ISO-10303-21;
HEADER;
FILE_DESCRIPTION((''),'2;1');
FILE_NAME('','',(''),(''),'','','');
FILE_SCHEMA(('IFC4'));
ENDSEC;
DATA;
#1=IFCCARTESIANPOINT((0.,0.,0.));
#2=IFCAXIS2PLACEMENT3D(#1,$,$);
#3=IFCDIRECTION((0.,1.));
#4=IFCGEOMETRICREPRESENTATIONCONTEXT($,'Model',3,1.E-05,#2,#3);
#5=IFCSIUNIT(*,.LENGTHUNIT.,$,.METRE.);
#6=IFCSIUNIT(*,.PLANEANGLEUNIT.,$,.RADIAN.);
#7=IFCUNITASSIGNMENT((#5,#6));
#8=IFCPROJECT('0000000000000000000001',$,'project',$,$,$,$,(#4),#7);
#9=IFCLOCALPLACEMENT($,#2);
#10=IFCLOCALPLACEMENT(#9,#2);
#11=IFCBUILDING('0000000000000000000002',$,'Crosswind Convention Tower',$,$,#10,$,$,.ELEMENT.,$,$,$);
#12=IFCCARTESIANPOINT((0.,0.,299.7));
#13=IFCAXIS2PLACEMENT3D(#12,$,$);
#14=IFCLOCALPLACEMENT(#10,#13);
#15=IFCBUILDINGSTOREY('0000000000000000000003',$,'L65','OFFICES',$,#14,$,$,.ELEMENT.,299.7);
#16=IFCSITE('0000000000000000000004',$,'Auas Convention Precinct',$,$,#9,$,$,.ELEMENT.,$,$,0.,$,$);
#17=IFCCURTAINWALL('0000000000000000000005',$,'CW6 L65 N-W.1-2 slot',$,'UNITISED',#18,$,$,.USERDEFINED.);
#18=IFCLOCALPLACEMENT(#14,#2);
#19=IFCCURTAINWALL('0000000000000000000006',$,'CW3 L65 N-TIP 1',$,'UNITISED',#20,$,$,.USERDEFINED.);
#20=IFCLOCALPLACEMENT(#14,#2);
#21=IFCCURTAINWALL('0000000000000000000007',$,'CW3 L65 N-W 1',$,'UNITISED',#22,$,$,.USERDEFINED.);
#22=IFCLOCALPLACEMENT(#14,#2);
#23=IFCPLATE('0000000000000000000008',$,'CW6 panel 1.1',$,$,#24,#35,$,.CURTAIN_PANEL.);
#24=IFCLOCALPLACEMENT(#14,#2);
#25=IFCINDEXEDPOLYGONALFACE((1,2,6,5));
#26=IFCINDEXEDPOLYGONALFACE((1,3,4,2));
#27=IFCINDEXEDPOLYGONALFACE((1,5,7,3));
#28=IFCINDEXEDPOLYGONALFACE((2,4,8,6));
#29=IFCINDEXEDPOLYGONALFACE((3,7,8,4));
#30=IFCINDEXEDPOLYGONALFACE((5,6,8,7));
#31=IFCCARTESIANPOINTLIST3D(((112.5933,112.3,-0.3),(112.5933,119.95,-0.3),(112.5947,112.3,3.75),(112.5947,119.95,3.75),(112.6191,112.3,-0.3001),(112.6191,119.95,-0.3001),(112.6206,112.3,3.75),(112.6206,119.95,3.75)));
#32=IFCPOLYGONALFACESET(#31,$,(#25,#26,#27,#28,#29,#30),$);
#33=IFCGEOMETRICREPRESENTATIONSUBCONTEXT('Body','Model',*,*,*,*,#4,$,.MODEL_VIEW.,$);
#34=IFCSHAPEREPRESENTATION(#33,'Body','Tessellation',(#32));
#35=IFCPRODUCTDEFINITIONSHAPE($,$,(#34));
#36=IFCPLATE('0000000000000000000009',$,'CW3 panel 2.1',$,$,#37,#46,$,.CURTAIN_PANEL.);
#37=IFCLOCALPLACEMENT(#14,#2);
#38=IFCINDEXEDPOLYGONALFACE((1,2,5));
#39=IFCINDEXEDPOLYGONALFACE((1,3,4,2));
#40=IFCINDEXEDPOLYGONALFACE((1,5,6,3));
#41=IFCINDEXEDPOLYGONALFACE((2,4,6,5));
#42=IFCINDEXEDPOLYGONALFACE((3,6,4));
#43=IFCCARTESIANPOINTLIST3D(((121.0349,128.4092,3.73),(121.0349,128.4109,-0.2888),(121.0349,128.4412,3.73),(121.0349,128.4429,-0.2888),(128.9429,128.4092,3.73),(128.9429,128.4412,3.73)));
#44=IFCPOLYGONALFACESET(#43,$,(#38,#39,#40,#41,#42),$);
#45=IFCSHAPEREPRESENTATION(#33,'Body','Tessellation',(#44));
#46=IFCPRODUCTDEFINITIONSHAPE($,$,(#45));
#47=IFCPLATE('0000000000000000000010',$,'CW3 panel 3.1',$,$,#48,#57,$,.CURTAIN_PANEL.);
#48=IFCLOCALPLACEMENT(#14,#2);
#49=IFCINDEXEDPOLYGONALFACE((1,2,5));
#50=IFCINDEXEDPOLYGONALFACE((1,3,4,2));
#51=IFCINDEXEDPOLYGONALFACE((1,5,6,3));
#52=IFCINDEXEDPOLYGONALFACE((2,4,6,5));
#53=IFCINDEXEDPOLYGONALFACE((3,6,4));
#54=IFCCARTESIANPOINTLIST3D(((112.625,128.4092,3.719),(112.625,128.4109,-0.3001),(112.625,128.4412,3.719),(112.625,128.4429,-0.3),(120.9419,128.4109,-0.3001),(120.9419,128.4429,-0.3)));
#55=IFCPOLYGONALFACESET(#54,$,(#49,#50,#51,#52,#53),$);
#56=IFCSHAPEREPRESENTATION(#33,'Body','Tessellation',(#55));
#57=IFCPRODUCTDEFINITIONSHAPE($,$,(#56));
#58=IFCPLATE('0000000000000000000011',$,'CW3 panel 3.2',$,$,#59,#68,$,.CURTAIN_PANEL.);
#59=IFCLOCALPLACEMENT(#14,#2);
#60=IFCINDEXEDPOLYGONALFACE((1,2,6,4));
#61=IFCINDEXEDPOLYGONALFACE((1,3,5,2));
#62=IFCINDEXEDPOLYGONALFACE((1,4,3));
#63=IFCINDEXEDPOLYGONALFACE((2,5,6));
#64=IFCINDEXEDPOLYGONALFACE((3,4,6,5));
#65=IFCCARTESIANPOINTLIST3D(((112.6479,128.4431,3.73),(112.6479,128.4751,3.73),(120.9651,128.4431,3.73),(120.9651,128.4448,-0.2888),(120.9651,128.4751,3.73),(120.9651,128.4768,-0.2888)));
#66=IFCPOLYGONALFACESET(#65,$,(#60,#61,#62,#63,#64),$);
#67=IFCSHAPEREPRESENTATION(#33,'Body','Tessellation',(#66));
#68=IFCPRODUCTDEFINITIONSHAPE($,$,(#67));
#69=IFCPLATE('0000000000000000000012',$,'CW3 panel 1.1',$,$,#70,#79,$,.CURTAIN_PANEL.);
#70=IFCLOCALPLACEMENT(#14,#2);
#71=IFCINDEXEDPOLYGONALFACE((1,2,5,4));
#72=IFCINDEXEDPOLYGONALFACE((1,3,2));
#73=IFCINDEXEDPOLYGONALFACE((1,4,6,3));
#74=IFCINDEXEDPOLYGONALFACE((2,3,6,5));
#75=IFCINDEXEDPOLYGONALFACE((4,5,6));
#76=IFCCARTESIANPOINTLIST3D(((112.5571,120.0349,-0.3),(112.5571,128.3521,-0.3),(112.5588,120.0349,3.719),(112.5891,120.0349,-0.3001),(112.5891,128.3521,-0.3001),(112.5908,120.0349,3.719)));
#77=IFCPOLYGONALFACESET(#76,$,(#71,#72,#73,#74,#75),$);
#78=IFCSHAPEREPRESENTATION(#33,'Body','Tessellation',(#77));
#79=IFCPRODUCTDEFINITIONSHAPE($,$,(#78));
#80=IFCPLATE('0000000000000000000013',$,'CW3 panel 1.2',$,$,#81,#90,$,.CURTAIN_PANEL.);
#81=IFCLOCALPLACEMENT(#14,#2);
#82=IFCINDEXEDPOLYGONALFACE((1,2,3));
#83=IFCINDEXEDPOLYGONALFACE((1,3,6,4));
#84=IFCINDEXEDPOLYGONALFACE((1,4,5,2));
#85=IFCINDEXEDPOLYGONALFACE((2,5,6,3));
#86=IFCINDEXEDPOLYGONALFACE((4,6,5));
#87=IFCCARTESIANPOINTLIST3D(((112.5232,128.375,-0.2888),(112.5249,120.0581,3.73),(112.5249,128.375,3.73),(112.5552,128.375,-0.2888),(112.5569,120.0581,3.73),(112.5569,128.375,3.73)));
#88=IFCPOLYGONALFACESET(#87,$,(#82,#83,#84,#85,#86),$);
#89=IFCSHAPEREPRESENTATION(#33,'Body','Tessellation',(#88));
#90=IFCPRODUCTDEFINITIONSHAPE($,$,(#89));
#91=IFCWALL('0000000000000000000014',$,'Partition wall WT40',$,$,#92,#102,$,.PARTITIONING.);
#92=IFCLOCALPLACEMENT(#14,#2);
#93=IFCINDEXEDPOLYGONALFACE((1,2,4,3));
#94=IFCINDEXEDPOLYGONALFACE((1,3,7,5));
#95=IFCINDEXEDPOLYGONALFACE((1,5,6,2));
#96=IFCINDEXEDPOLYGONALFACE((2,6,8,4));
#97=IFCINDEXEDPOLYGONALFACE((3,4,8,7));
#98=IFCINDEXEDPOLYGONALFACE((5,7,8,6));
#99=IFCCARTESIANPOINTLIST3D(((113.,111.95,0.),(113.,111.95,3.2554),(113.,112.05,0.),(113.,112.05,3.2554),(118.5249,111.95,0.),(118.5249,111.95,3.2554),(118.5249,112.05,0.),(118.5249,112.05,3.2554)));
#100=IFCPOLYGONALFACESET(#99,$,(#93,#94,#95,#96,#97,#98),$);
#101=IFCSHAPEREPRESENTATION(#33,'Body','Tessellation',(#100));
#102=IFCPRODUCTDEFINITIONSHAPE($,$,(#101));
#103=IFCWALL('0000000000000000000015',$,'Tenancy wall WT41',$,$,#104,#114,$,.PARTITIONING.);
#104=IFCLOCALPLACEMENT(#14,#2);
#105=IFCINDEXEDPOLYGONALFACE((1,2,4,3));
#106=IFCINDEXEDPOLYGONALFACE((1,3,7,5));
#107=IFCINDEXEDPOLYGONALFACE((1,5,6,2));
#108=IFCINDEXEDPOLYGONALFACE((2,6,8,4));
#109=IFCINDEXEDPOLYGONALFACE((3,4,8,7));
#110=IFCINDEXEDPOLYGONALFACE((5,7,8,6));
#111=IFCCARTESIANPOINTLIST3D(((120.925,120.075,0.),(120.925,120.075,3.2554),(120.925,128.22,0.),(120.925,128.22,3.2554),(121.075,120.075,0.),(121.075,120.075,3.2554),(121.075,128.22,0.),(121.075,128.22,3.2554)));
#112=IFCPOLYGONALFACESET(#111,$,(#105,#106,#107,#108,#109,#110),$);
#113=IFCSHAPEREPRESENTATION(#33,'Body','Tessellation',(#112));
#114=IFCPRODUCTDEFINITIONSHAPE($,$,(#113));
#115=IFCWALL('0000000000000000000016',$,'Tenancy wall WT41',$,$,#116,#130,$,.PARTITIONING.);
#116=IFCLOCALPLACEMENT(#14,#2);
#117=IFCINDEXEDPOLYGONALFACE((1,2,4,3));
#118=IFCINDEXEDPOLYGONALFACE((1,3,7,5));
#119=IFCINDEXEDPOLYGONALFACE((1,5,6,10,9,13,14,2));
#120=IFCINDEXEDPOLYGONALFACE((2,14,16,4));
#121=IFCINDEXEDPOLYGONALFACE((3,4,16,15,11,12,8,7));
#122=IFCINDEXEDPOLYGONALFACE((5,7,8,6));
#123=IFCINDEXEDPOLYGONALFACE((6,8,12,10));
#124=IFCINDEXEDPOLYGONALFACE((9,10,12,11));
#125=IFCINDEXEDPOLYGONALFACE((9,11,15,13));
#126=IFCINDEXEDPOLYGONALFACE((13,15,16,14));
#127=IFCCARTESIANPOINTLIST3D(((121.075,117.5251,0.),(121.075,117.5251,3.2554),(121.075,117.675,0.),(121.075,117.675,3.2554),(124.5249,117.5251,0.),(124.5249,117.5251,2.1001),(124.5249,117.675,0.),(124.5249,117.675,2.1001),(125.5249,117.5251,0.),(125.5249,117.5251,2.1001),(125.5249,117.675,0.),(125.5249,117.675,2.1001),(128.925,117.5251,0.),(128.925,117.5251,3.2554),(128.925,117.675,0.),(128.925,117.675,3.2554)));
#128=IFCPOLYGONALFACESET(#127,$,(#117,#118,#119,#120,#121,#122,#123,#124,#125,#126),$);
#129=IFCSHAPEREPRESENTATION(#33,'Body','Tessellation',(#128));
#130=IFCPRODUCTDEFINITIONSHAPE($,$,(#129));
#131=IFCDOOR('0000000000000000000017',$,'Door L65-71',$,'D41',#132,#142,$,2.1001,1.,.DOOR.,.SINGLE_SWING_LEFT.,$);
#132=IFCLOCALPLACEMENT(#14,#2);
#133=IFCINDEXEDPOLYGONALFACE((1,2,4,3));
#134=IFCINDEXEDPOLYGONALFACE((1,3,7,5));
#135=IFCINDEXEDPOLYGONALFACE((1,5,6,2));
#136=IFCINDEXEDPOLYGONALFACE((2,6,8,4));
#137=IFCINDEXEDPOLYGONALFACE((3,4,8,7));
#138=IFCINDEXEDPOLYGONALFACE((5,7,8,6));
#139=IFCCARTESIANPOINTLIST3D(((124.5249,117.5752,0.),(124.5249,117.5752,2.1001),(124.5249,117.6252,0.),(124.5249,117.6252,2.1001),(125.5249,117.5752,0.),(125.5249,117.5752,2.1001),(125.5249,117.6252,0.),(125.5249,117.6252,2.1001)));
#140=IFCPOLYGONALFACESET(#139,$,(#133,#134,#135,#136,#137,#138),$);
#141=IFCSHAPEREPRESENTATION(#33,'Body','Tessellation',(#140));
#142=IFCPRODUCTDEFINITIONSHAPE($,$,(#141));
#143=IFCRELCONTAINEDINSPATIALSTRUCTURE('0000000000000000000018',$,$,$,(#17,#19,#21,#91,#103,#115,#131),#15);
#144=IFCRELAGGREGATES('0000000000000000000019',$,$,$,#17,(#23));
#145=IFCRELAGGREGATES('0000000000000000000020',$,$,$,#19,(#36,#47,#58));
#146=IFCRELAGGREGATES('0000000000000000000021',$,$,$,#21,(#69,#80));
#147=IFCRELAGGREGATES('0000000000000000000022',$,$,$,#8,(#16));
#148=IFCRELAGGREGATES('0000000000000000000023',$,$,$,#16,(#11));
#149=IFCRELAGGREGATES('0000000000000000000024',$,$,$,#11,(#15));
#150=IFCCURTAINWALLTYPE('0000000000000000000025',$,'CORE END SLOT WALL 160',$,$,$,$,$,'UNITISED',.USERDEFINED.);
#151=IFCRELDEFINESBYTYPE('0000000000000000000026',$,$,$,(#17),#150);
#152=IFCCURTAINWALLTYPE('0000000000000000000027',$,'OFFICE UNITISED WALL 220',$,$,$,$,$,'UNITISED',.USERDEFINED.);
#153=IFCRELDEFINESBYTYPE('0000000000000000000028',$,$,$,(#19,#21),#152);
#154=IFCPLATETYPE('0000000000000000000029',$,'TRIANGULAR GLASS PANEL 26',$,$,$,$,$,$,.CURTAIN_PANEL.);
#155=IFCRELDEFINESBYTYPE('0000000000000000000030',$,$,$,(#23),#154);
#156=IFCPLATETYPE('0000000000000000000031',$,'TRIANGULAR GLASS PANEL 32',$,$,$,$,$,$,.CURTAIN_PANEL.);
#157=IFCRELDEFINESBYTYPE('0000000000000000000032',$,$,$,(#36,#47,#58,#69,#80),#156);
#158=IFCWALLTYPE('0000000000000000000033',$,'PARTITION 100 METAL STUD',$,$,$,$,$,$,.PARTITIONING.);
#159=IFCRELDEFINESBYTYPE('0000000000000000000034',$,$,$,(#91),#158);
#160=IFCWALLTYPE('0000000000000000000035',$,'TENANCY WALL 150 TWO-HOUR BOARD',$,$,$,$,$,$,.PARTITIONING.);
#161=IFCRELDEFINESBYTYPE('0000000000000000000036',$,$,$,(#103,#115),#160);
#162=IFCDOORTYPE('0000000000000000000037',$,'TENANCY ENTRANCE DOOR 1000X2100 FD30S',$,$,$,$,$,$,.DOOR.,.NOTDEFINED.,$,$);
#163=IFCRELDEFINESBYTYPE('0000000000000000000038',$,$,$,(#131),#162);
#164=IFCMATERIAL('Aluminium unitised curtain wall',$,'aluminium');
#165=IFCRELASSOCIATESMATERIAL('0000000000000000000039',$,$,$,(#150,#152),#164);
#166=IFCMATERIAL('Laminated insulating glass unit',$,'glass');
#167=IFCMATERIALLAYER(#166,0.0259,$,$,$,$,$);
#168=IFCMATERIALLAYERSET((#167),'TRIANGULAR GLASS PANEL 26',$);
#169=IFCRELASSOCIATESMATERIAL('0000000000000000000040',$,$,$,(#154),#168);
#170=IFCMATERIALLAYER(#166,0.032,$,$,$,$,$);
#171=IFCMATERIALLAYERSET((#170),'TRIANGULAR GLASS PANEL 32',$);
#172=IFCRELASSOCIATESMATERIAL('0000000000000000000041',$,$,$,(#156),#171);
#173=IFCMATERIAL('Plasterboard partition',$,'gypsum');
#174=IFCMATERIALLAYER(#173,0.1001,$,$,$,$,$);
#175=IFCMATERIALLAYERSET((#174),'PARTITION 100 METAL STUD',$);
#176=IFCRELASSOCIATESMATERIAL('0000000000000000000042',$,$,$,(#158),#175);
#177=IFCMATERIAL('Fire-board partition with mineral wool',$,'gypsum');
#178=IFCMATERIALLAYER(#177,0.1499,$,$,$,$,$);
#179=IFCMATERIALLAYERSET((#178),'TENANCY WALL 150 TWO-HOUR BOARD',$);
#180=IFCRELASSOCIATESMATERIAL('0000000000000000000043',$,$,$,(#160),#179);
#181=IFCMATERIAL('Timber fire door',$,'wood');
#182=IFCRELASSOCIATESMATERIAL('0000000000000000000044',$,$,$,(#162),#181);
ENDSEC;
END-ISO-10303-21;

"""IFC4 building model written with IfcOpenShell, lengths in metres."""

from ifc_helpers import new_model, si_unit, direction, frame, frame_2d, origin, place, context, subcontext, project, spatial, polyline, rectangle, outline, extrude, material, layer, layer_set, type_object, element, fill, aggregate, save


model = new_model("IFC4")

# Units and contexts
model_context = context("Model", 3, precision=1e-05, world=origin(), true_north=direction((0.0, 1.0)))
body_context = subcontext(model_context, "Body", "Model", "MODEL_VIEW")
ifc_project = project(units=[si_unit("LENGTHUNIT", "METRE"), si_unit("PLANEANGLEUNIT", "RADIAN")], contexts=[model_context])

# Site, building, storey
site_placement = place(None, origin())
site = spatial("IfcSite", under=ifc_project, at=site_placement, Name="Auas Convention Precinct", CompositionType="ELEMENT", RefElevation=0.0)
building_placement = place(site_placement, origin())
building = spatial("IfcBuilding", under=site, at=building_placement, Name="Crosswind Convention Tower", CompositionType="ELEMENT")
storey_placement = place(building_placement, frame((0.0, 0.0, 299.7)))
storey = spatial("IfcBuildingStorey", under=building, at=storey_placement, Name="L65", Description="OFFICES", CompositionType="ELEMENT", Elevation=299.7)

# Curtain walls
ifc_material_1 = material(Name="Aluminium unitised curtain wall", Category="aluminium")
curtain_wall_type_1 = type_object("IfcCurtainWallType", Name="CORE END SLOT WALL 160", ElementType="UNITISED", PredefinedType="USERDEFINED", material=ifc_material_1)
curtain_wall_1_placement = place(storey_placement, origin())
curtain_wall_1 = element("IfcCurtainWall", 1, at=curtain_wall_1_placement, inside=storey, type_object=curtain_wall_type_1, Name="CW6 L65 N-W.1-2 slot", ObjectType="UNITISED", PredefinedType="USERDEFINED")
curtain_wall_type_2 = type_object("IfcCurtainWallType", Name="OFFICE UNITISED WALL 220", ElementType="UNITISED", PredefinedType="USERDEFINED", material=ifc_material_1)
curtain_wall_2_placement = place(storey_placement, origin())
curtain_wall_2 = element("IfcCurtainWall", 2, at=curtain_wall_2_placement, inside=storey, type_object=curtain_wall_type_2, Name="CW3 L65 N-TIP 1", ObjectType="UNITISED", PredefinedType="USERDEFINED")

# Curtain wall
curtain_wall_3_placement = place(storey_placement, origin())
curtain_wall_3 = element("IfcCurtainWall", 3, at=curtain_wall_3_placement, inside=storey, type_object=curtain_wall_type_2, Name="CW3 L65 N-W 1", ObjectType="UNITISED", PredefinedType="USERDEFINED")

# Plates
ifc_material_2 = material(Name="Laminated insulating glass unit", Category="glass")
ifc_layer_1 = layer(ifc_material_2, 0.0259)
ifc_layer_set_1 = layer_set([ifc_layer_1], Name="TRIANGULAR GLASS PANEL 26")
plate_type_1 = type_object("IfcPlateType", Name="TRIANGULAR GLASS PANEL 26", PredefinedType="CURTAIN_PANEL", material=ifc_layer_set_1)
plate_1_placement = place(storey_placement, frame((112.5933, 119.95, -0.3), z_axis=(-1.0, 0.0, 0.000362), x_axis=(0.0, -1.0, 0.0)))
plate_1 = element("IfcPlate", 4, at=plate_1_placement, type_object=plate_type_1, Name="CW6 panel 1.1", PredefinedType="CURTAIN_PANEL", context=body_context, shape_type="SweptSolid", body=[
    extrude(outline(polyline([(0.0, 0.0), (7.6499, 0.0), (7.6499, 4.05), (0.0, 4.05), (0.0, 0.0)])), origin(), (0.0, 0.0, -1.0), 0.0259),
])
aggregate(curtain_wall_1, [plate_1])
ifc_layer_2 = layer(ifc_material_2, 0.032)
ifc_layer_set_2 = layer_set([ifc_layer_2], Name="TRIANGULAR GLASS PANEL 32")
plate_type_2 = type_object("IfcPlateType", Name="TRIANGULAR GLASS PANEL 32", PredefinedType="CURTAIN_PANEL", material=ifc_layer_set_2)
plate_2_placement = place(storey_placement, frame((121.0349, 128.4412, 3.73), z_axis=(0.0, 1.0, 0.000425), x_axis=(1.0, 0.0, 0.0)))
plate_2 = element("IfcPlate", 5, at=plate_2_placement, type_object=plate_type_2, Name="CW3 panel 2.1", PredefinedType="CURTAIN_PANEL", context=body_context, shape_type="SweptSolid", body=[
    extrude(outline(polyline([(0.0, 0.0), (7.908, 0.0), (0.0, 4.0188), (0.0, 0.0)])), origin(), (0.0, 0.0, -1.0), 0.032),
])
plate_3_placement = place(storey_placement, frame((112.625, 128.4429, -0.3), z_axis=(0.0, 1.0, 0.000425), x_axis=(0.0, -0.000425, 1.0)))
plate_3 = element("IfcPlate", 6, at=plate_3_placement, type_object=plate_type_2, Name="CW3 panel 3.1", PredefinedType="CURTAIN_PANEL", context=body_context, shape_type="SweptSolid", body=[
    extrude(outline(polyline([(0.0, 0.0), (4.019, 0.0), (0.0, 8.3169), (0.0, 0.0)])), origin(), (0.0, 0.0, -1.0), 0.032),
])
plate_4_placement = place(storey_placement, frame((120.9651, 128.4751, 3.73), z_axis=(0.0, 1.0, 0.000425), x_axis=(0.0, 0.000425, -1.0)))
plate_4 = element("IfcPlate", 7, at=plate_4_placement, type_object=plate_type_2, Name="CW3 panel 3.2", PredefinedType="CURTAIN_PANEL", context=body_context, shape_type="SweptSolid", body=[
    extrude(outline(polyline([(0.0, 0.0), (4.0188, 0.0), (0.0, 8.3171), (0.0, 0.0)])), origin(), (0.0, 0.0, -1.0), 0.032),
])
aggregate(curtain_wall_2, [plate_2, plate_3, plate_4])
plate_5_placement = place(storey_placement, frame((112.5571, 120.0349, -0.3), z_axis=(-1.0, 0.0, 0.000425), x_axis=(0.000425, 0.0, 1.0)))
plate_5 = element("IfcPlate", 8, at=plate_5_placement, type_object=plate_type_2, Name="CW3 panel 1.1", PredefinedType="CURTAIN_PANEL", context=body_context, shape_type="SweptSolid", body=[
    extrude(outline(polyline([(0.0, 0.0), (4.019, 0.0), (0.0, 8.3171), (0.0, 0.0)])), origin(), (0.0, 0.0, -1.0), 0.032),
])
plate_6_placement = place(storey_placement, frame((112.5249, 128.375, 3.73), z_axis=(-1.0, 0.0, 0.000425), x_axis=(-0.000425, 0.0, -1.0)))
plate_6 = element("IfcPlate", 9, at=plate_6_placement, type_object=plate_type_2, Name="CW3 panel 1.2", PredefinedType="CURTAIN_PANEL", context=body_context, shape_type="SweptSolid", body=[
    extrude(outline(polyline([(0.0, 0.0), (4.0188, 0.0), (0.0, 8.3169), (0.0, 0.0)])), origin(), (0.0, 0.0, -1.0), 0.032),
])

# Walls
ifc_material_3 = material(Name="Plasterboard partition", Category="gypsum")
ifc_layer_3 = layer(ifc_material_3, 0.1001)
ifc_layer_set_3 = layer_set([ifc_layer_3], Name="PARTITION 100 METAL STUD")
wall_type_1 = type_object("IfcWallType", Name="PARTITION 100 METAL STUD", PredefinedType="PARTITIONING", material=ifc_layer_set_3)
wall_1_placement = place(storey_placement, frame((113.0, 112.0, 0.0), z_axis=(0.0, 0.0, 1.0), x_axis=(1.0, 0.0, 0.0)))
element("IfcWall", 10, at=wall_1_placement, inside=storey, type_object=wall_type_1, Name="Partition wall WT40", PredefinedType="PARTITIONING", context=body_context, shape_type="SweptSolid", body=[
    extrude(rectangle(XDim=5.5249, YDim=0.1001, at=frame_2d((2.7625, 0.0))), origin(), (0.0, 0.0, 1.0), 3.2554),
])
ifc_material_4 = material(Name="Fire-board partition with mineral wool", Category="gypsum")
ifc_layer_4 = layer(ifc_material_4, 0.1499)
ifc_layer_set_4 = layer_set([ifc_layer_4], Name="TENANCY WALL 150 TWO-HOUR BOARD")
wall_type_2 = type_object("IfcWallType", Name="TENANCY WALL 150 TWO-HOUR BOARD", PredefinedType="PARTITIONING", material=ifc_layer_set_4)
wall_2_placement = place(storey_placement, frame((121.0, 120.075, 0.0), z_axis=(0.0, 0.0, 1.0), x_axis=(0.0, 1.0, 0.0)))
element("IfcWall", 11, at=wall_2_placement, inside=storey, type_object=wall_type_2, Name="Tenancy wall WT41", PredefinedType="PARTITIONING", context=body_context, shape_type="SweptSolid", body=[
    extrude(rectangle(XDim=8.145, YDim=0.1499, at=frame_2d((4.0725, 0.0))), origin(), (0.0, 0.0, 1.0), 3.2554),
])

# Wall, opening, door
wall_3_placement = place(storey_placement, frame((121.075, 117.6001, 0.0), z_axis=(0.0, 0.0, 1.0), x_axis=(1.0, 0.0, 0.0)))
wall_3 = element("IfcWall", 12, at=wall_3_placement, inside=storey, type_object=wall_type_2, Name="Tenancy wall WT41", PredefinedType="PARTITIONING", context=body_context, shape_type="SweptSolid", body=[
    extrude(rectangle(XDim=7.8501, YDim=0.1499, at=frame_2d((3.925, 0.0))), origin(), (0.0, 0.0, 1.0), 3.2554),
])
opening_1_placement = place(wall_3_placement, frame((3.45, 0.0, 0.0)))
opening_1 = element("IfcOpeningElement", 13, at=opening_1_placement, cuts=wall_3, PredefinedType="OPENING", context=body_context, shape_type="SweptSolid", body=[
    extrude(rectangle(XDim=1.0, YDim=2.1001, at=frame_2d((0.5, 1.05))), frame((0.0, 0.085, 0.0), z_axis=(0.0, -1.0, 0.0), x_axis=(1.0, 0.0, 0.0)), (0.0, 0.0, 1.0), 0.1699),
])
ifc_material_5 = material(Name="Timber fire door", Category="wood")
door_type_1 = type_object("IfcDoorType", Name="TENANCY ENTRANCE DOOR 1000X2100 FD30S", OperationType="NOTDEFINED", PredefinedType="DOOR", material=ifc_material_5)
door_1_placement = place(opening_1_placement, frame((1.0, 0.0, 0.0), z_axis=(0.0, 0.0, 1.0), x_axis=(-1.0, 0.0, 0.0)))
door_1 = element("IfcDoor", 14, at=door_1_placement, inside=storey, type_object=door_type_1, Name="Door L65-71", ObjectType="D41", OperationType="SINGLE_SWING_LEFT", OverallHeight=2.1001, OverallWidth=1.0, PredefinedType="DOOR", context=body_context, shape_type="SweptSolid", body=[
    extrude(rectangle(XDim=1.0, YDim=2.1001, at=frame_2d((0.5, 1.05))), frame((0.0, 0.0249, 0.0), z_axis=(0.0, -1.0, 0.0), x_axis=(1.0, 0.0, 0.0)), (0.0, 0.0, 1.0), 0.05),
])
fill(opening_1, door_1)

aggregate(curtain_wall_3, [plate_5, plate_6])

save(model, "model.ifc")
